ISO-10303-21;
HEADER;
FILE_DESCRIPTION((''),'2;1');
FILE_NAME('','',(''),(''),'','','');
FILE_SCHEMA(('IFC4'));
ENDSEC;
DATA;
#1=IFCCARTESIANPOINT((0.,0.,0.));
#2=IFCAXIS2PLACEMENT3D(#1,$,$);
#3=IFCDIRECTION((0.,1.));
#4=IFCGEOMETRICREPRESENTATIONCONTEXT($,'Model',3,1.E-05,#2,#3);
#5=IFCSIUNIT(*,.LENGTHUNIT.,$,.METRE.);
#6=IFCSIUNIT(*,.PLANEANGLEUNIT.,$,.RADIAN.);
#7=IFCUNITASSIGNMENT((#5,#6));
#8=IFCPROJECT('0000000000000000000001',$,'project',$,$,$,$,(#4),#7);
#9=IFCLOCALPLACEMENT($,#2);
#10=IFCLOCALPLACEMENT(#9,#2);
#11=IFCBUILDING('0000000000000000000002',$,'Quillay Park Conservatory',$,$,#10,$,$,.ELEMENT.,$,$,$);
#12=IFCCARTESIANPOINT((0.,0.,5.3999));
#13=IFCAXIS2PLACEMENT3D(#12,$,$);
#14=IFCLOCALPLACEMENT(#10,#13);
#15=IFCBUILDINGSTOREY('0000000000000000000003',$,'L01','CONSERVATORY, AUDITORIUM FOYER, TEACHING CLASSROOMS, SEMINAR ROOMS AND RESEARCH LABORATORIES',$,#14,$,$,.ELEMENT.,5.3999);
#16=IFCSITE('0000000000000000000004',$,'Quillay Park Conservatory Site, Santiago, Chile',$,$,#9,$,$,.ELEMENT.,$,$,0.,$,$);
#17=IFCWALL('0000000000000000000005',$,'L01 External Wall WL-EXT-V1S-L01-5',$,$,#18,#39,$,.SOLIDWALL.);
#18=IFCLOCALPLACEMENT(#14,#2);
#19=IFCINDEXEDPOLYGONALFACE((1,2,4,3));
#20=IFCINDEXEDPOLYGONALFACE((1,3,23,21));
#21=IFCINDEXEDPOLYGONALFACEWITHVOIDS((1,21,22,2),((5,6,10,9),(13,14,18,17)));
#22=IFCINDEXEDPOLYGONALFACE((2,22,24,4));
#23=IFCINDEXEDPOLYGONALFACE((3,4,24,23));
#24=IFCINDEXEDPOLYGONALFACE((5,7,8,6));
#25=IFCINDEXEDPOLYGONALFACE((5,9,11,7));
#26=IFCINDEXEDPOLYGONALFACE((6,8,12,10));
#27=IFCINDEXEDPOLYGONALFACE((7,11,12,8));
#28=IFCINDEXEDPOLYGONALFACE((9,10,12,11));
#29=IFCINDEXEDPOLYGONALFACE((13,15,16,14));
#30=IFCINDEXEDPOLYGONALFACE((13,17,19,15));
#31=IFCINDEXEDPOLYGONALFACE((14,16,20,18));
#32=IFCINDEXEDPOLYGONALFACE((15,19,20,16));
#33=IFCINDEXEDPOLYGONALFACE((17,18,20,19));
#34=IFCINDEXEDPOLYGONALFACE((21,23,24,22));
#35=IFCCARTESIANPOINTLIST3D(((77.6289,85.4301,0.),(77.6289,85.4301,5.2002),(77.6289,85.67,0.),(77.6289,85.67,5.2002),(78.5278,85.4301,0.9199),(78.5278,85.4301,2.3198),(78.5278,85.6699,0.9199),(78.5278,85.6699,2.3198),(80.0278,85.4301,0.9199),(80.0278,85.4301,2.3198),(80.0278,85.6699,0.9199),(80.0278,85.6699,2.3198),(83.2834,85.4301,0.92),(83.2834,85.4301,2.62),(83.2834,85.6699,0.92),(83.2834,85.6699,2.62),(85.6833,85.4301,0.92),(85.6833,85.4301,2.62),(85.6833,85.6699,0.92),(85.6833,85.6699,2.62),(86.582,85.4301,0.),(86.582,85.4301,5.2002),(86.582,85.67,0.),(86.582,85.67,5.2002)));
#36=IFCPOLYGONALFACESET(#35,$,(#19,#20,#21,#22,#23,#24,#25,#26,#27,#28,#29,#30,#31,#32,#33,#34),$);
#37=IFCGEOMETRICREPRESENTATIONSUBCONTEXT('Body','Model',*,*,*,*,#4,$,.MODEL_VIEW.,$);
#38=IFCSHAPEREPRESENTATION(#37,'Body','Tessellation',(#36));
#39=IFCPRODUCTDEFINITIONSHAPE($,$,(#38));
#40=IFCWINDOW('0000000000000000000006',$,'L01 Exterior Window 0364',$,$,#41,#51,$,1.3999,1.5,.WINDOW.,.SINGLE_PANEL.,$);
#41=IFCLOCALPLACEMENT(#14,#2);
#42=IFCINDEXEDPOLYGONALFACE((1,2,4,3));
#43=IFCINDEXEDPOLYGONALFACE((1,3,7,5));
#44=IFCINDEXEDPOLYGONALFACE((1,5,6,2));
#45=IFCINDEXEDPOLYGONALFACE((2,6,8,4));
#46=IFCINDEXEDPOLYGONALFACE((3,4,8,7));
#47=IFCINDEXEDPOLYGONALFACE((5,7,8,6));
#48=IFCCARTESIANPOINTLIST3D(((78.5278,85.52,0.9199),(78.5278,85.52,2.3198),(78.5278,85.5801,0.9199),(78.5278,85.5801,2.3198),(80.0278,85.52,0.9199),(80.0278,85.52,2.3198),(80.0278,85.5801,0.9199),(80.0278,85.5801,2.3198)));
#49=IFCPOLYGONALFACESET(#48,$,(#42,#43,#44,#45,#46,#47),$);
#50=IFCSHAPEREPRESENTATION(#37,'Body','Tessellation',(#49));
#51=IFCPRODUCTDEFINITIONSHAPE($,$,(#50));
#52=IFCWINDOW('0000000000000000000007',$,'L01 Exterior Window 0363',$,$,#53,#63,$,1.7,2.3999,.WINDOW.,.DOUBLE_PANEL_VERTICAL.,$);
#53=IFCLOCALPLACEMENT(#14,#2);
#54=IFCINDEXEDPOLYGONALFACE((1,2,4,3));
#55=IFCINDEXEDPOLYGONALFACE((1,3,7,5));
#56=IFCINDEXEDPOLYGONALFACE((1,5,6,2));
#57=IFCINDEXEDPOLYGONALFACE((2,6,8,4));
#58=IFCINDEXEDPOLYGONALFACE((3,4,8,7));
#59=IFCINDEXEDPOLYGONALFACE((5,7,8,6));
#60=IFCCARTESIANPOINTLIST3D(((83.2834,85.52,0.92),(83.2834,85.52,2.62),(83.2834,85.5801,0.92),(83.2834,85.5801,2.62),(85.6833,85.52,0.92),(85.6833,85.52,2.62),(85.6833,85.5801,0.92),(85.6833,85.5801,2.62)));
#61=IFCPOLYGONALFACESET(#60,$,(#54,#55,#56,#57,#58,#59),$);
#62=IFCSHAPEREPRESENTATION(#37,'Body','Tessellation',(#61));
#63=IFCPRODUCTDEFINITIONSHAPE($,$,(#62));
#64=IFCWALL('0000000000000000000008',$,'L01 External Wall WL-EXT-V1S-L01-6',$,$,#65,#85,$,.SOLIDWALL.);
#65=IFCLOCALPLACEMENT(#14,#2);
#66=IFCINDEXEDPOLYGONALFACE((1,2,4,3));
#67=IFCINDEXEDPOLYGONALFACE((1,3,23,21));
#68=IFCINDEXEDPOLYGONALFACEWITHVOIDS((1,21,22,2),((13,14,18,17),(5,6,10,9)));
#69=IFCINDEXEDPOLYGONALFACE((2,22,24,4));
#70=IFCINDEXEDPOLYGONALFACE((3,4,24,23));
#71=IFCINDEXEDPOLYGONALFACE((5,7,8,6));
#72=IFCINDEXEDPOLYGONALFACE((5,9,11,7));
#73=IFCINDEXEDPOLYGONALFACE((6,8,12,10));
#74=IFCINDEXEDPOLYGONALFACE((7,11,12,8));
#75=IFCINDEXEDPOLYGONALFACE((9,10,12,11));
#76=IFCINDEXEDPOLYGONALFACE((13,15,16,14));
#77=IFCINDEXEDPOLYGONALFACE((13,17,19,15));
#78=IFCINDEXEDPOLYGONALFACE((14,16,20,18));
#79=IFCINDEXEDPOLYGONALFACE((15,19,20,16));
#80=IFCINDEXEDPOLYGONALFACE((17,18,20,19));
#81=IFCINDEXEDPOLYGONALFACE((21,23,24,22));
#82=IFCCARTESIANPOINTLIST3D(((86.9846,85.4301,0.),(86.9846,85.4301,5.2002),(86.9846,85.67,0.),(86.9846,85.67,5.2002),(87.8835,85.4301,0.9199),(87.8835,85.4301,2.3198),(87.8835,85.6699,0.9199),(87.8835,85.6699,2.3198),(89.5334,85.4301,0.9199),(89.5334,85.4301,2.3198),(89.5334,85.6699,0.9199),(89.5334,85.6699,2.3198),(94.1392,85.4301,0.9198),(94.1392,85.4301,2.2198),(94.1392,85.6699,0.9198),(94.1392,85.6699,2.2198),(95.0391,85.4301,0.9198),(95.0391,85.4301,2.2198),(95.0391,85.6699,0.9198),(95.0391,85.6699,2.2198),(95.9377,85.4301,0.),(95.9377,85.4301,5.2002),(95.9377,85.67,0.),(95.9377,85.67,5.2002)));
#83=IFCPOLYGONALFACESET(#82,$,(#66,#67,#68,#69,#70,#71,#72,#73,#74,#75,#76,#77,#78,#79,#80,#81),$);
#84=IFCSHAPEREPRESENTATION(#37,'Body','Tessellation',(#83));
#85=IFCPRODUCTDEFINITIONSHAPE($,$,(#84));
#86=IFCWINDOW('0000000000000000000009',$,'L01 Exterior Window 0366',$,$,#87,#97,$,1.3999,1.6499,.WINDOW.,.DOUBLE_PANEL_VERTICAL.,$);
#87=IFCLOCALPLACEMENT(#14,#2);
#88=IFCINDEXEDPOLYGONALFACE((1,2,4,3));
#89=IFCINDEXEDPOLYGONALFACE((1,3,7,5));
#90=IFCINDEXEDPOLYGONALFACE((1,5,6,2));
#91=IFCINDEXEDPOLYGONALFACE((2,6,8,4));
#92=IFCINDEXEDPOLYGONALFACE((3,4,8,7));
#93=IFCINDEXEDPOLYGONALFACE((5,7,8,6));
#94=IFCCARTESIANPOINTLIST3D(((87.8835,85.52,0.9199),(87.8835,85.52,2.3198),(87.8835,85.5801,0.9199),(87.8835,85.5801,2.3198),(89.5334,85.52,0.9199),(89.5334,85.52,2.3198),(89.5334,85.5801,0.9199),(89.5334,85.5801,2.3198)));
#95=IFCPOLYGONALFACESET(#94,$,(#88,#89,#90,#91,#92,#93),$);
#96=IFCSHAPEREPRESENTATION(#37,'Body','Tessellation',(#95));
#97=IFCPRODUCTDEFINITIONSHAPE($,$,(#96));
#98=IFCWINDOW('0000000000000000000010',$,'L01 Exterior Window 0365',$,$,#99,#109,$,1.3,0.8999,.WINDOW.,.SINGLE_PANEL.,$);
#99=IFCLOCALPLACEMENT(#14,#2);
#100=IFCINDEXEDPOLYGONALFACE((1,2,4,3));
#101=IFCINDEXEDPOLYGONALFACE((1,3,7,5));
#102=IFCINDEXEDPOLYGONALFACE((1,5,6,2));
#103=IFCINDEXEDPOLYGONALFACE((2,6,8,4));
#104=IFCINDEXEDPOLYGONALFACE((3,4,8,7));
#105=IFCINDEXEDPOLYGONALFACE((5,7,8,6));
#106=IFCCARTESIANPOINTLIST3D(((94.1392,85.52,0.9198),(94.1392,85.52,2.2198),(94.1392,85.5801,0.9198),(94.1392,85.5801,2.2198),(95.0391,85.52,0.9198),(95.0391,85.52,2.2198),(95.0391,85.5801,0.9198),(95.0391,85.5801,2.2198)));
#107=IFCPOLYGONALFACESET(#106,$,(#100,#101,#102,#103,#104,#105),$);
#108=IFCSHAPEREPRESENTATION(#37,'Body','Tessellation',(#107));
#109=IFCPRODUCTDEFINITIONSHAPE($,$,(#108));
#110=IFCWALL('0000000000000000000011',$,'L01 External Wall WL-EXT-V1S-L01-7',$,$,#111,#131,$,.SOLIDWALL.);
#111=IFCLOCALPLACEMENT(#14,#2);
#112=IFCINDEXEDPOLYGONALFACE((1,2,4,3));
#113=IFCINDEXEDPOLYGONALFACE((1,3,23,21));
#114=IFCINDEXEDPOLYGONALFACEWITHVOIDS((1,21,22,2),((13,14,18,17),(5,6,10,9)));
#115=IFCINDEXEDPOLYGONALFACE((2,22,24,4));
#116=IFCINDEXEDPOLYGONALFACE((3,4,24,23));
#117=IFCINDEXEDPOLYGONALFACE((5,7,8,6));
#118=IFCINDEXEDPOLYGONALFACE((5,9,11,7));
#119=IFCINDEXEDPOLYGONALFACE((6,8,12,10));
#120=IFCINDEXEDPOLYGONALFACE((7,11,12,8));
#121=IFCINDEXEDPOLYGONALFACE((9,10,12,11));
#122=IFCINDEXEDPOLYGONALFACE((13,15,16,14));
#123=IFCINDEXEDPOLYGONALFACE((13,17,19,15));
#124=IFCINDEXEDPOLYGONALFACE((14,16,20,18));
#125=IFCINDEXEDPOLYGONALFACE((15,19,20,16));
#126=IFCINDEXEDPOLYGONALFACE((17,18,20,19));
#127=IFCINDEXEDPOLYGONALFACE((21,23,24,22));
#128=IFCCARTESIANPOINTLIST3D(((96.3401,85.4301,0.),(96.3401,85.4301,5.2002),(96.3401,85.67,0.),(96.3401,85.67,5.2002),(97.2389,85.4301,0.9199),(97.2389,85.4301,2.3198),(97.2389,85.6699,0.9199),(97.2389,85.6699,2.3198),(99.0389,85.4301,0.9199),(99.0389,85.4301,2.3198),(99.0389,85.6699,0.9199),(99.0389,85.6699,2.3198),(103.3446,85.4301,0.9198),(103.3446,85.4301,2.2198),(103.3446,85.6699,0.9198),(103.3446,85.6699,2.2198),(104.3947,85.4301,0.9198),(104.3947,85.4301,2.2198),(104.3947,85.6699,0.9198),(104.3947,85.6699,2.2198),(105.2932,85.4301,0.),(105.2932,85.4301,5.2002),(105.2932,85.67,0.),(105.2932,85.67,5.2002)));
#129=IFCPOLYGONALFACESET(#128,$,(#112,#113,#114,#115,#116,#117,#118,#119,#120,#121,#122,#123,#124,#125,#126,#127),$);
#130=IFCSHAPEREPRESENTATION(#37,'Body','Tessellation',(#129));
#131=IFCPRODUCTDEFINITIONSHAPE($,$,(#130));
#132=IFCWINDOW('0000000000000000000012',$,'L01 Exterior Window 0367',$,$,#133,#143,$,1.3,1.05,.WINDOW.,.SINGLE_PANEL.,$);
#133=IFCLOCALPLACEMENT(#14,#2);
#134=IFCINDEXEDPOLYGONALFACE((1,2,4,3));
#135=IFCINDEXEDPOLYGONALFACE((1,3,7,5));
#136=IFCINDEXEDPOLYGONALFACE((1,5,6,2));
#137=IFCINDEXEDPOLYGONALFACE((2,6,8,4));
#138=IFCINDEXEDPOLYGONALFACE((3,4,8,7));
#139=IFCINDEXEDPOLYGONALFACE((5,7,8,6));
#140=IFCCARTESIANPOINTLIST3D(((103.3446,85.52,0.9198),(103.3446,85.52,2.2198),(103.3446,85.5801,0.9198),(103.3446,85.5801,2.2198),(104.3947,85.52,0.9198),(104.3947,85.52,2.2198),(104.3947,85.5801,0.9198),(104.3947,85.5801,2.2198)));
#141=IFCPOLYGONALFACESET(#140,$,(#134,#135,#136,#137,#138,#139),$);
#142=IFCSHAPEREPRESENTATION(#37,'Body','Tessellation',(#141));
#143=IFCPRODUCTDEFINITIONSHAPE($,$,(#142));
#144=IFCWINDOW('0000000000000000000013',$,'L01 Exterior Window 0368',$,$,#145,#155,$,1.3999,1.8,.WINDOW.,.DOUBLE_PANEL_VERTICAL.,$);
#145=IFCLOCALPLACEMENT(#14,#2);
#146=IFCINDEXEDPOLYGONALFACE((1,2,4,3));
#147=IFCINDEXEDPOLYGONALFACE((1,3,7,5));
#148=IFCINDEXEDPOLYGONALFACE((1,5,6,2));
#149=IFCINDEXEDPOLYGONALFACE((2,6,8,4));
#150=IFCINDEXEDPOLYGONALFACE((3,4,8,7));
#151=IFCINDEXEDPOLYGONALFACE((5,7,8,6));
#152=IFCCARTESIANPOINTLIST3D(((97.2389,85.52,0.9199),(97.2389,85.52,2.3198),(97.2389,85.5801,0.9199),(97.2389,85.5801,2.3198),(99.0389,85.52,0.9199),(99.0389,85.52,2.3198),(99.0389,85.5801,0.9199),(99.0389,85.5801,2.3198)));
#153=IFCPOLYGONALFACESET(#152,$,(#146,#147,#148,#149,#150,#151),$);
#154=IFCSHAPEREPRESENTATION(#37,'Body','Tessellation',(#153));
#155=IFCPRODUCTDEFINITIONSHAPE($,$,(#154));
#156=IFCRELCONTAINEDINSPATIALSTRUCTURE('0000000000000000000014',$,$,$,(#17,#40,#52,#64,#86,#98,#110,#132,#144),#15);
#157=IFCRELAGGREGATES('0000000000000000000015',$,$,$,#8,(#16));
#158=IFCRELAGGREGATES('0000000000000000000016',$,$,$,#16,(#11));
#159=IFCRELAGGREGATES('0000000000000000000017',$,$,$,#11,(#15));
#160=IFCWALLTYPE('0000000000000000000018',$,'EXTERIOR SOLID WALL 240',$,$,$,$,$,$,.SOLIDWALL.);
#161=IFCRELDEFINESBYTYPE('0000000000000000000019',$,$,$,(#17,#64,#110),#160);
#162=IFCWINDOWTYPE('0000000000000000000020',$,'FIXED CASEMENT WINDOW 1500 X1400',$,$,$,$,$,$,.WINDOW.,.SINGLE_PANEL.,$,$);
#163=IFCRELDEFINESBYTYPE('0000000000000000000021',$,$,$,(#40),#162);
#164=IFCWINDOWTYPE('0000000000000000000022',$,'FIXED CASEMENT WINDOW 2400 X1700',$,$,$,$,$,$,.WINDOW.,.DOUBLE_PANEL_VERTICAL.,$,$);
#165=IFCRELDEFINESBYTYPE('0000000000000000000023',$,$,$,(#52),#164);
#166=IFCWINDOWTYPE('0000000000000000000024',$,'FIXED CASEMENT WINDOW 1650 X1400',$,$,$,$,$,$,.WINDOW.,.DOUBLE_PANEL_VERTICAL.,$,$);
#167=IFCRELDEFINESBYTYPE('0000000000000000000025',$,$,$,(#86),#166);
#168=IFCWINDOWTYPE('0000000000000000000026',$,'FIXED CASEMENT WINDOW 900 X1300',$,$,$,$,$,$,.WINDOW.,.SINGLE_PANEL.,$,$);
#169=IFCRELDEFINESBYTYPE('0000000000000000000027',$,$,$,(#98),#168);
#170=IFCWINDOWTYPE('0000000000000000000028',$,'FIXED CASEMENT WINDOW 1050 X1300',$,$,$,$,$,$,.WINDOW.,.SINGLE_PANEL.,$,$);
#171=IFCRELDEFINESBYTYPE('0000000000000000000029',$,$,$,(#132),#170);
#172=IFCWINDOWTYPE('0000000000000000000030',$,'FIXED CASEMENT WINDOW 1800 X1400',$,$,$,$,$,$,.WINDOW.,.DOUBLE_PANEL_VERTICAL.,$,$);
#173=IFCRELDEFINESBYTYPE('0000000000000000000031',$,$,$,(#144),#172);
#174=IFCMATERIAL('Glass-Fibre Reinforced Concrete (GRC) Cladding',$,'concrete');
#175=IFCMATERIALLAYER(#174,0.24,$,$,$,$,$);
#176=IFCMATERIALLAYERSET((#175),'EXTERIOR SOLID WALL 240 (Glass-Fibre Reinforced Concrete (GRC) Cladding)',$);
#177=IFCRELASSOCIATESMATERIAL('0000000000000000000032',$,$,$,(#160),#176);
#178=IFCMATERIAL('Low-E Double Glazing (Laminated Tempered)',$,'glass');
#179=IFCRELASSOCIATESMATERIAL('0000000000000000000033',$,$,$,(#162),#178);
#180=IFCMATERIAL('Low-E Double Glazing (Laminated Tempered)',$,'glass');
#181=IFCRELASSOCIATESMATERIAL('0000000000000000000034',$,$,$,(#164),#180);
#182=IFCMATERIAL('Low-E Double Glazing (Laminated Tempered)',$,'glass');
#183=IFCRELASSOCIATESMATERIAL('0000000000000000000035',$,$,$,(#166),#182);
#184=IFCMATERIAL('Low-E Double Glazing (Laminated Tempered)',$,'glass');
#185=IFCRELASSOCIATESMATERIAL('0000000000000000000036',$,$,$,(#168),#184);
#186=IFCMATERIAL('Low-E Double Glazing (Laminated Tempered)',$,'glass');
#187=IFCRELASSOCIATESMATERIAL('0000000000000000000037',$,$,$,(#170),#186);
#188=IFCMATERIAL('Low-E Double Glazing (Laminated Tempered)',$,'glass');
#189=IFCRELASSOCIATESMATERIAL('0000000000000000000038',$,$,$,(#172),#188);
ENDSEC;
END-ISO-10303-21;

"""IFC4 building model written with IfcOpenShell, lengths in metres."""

from ifc_helpers import new_model, si_unit, direction, frame, frame_2d, origin, place, context, subcontext, project, spatial, rectangle, extrude, material, layer, layer_set, type_object, element, fill, save


model = new_model("IFC4")

# Units and contexts
model_context = context("Model", 3, precision=1e-05, world=origin(), true_north=direction((0.0, 1.0)))
body_context = subcontext(model_context, "Body", "Model", "MODEL_VIEW")
ifc_project = project(units=[si_unit("LENGTHUNIT", "METRE"), si_unit("PLANEANGLEUNIT", "RADIAN")], contexts=[model_context])

# Site, building, storey
site_placement = place(None, origin())
site = spatial("IfcSite", under=ifc_project, at=site_placement, Name="Quillay Park Conservatory Site, Santiago, Chile", CompositionType="ELEMENT", RefElevation=0.0)
building_placement = place(site_placement, origin())
building = spatial("IfcBuilding", under=site, at=building_placement, Name="Quillay Park Conservatory", CompositionType="ELEMENT")
storey_placement = place(building_placement, frame((0.0, 0.0, 5.3999)))
storey = spatial("IfcBuildingStorey", under=building, at=storey_placement, Name="L01", Description="CONSERVATORY, AUDITORIUM FOYER, TEACHING CLASSROOMS, SEMINAR ROOMS AND RESEARCH LABORATORIES", CompositionType="ELEMENT", Elevation=5.3999)

# Walls, openings, windows
ifc_material_1 = material(Name="Glass-Fibre Reinforced Concrete (GRC) Cladding", Category="concrete")
ifc_layer_1 = layer(ifc_material_1, 0.24)
ifc_layer_set_1 = layer_set([ifc_layer_1], Name="EXTERIOR SOLID WALL 240 (Glass-Fibre Reinforced Concrete (GRC) Cladding)")
wall_type_1 = type_object("IfcWallType", Name="EXTERIOR SOLID WALL 240", PredefinedType="SOLIDWALL", material=ifc_layer_set_1)
wall_1_placement = place(storey_placement, frame((86.582, 85.55, 0.0), z_axis=(0.0, 0.0, 1.0), x_axis=(-1.0, 0.0, 0.0)))
wall_1 = element("IfcWall", 1, at=wall_1_placement, inside=storey, type_object=wall_type_1, Name="L01 External Wall WL-EXT-V1S-L01-5", PredefinedType="SOLIDWALL", context=body_context, shape_type="SweptSolid", body=[
    extrude(rectangle(XDim=8.9531, YDim=0.24, at=frame_2d((4.4766, 0.0))), origin(), (0.0, 0.0, 1.0), 5.2002),
])
opening_1_placement = place(wall_1_placement, frame((0.8987, 0.0, 0.9199)))
opening_1 = element("IfcOpeningElement", 2, at=opening_1_placement, cuts=wall_1, PredefinedType="OPENING", context=body_context, shape_type="SweptSolid", body=[
    extrude(rectangle(XDim=2.3999, YDim=1.7, at=frame_2d((1.2, 0.8501))), frame((0.0, 0.1201, 0.0), z_axis=(0.0, -1.0, 0.0), x_axis=(1.0, 0.0, 0.0)), (0.0, 0.0, 1.0), 0.24),
])
opening_2_placement = place(wall_1_placement, frame((6.5542, 0.0, 0.9199)))
opening_2 = element("IfcOpeningElement", 3, at=opening_2_placement, cuts=wall_1, PredefinedType="OPENING", context=body_context, shape_type="SweptSolid", body=[
    extrude(rectangle(XDim=1.5, YDim=1.3999, at=frame_2d((0.75, 0.7))), frame((0.0, 0.1201, 0.0), z_axis=(0.0, -1.0, 0.0), x_axis=(1.0, 0.0, 0.0)), (0.0, 0.0, 1.0), 0.24),
])
ifc_material_2 = material(Name="Low-E Double Glazing (Laminated Tempered)", Category="glass")
window_type_1 = type_object("IfcWindowType", Name="FIXED CASEMENT WINDOW 1500 X1400", PartitioningType="SINGLE_PANEL", PredefinedType="WINDOW", material=ifc_material_2)
window_1_placement = place(opening_2_placement, origin())
window_1 = element("IfcWindow", 4, at=window_1_placement, inside=storey, type_object=window_type_1, Name="L01 Exterior Window 0364", OverallHeight=1.3999, OverallWidth=1.5, PartitioningType="SINGLE_PANEL", PredefinedType="WINDOW", context=body_context, shape_type="SweptSolid", body=[
    extrude(rectangle(XDim=1.5, YDim=1.3999, at=frame_2d((0.75, 0.7))), frame((0.0, 0.03, 0.0), z_axis=(0.0, -1.0, 0.0), x_axis=(1.0, 0.0, 0.0)), (0.0, 0.0, 1.0), 0.0601),
])
fill(opening_2, window_1)
ifc_material_3 = material(Name="Low-E Double Glazing (Laminated Tempered)", Category="glass")
window_type_2 = type_object("IfcWindowType", Name="FIXED CASEMENT WINDOW 2400 X1700", PartitioningType="DOUBLE_PANEL_VERTICAL", PredefinedType="WINDOW", material=ifc_material_3)
window_2_placement = place(opening_1_placement, origin())
window_2 = element("IfcWindow", 5, at=window_2_placement, inside=storey, type_object=window_type_2, Name="L01 Exterior Window 0363", OverallHeight=1.7, OverallWidth=2.3999, PartitioningType="DOUBLE_PANEL_VERTICAL", PredefinedType="WINDOW", context=body_context, shape_type="SweptSolid", body=[
    extrude(rectangle(XDim=2.3999, YDim=1.7, at=frame_2d((1.2, 0.8501))), frame((0.0, 0.03, 0.0), z_axis=(0.0, -1.0, 0.0), x_axis=(1.0, 0.0, 0.0)), (0.0, 0.0, 1.0), 0.0601),
])
fill(opening_1, window_2)
wall_2_placement = place(storey_placement, frame((95.9377, 85.55, 0.0), z_axis=(0.0, 0.0, 1.0), x_axis=(-1.0, 0.0, 0.0)))
wall_2 = element("IfcWall", 6, at=wall_2_placement, inside=storey, type_object=wall_type_1, Name="L01 External Wall WL-EXT-V1S-L01-6", PredefinedType="SOLIDWALL", context=body_context, shape_type="SweptSolid", body=[
    extrude(rectangle(XDim=8.9531, YDim=0.24, at=frame_2d((4.4766, 0.0))), origin(), (0.0, 0.0, 1.0), 5.2002),
])
opening_3_placement = place(wall_2_placement, frame((0.8987, 0.0, 0.9199)))
opening_3 = element("IfcOpeningElement", 7, at=opening_3_placement, cuts=wall_2, PredefinedType="OPENING", context=body_context, shape_type="SweptSolid", body=[
    extrude(rectangle(XDim=0.8999, YDim=1.3, at=frame_2d((0.45, 0.6499))), frame((0.0, 0.1201, 0.0), z_axis=(0.0, -1.0, 0.0), x_axis=(1.0, 0.0, 0.0)), (0.0, 0.0, 1.0), 0.24),
])
opening_4_placement = place(wall_2_placement, frame((6.4043, 0.0, 0.9199)))
opening_4 = element("IfcOpeningElement", 8, at=opening_4_placement, cuts=wall_2, PredefinedType="OPENING", context=body_context, shape_type="SweptSolid", body=[
    extrude(rectangle(XDim=1.6499, YDim=1.3999, at=frame_2d((0.825, 0.7))), frame((0.0, 0.1201, 0.0), z_axis=(0.0, -1.0, 0.0), x_axis=(1.0, 0.0, 0.0)), (0.0, 0.0, 1.0), 0.24),
])
ifc_material_4 = material(Name="Low-E Double Glazing (Laminated Tempered)", Category="glass")
window_type_3 = type_object("IfcWindowType", Name="FIXED CASEMENT WINDOW 1650 X1400", PartitioningType="DOUBLE_PANEL_VERTICAL", PredefinedType="WINDOW", material=ifc_material_4)
window_3_placement = place(opening_4_placement, origin())
window_3 = element("IfcWindow", 9, at=window_3_placement, inside=storey, type_object=window_type_3, Name="L01 Exterior Window 0366", OverallHeight=1.3999, OverallWidth=1.6499, PartitioningType="DOUBLE_PANEL_VERTICAL", PredefinedType="WINDOW", context=body_context, shape_type="SweptSolid", body=[
    extrude(rectangle(XDim=1.6499, YDim=1.3999, at=frame_2d((0.825, 0.7))), frame((0.0, 0.03, 0.0), z_axis=(0.0, -1.0, 0.0), x_axis=(1.0, 0.0, 0.0)), (0.0, 0.0, 1.0), 0.0601),
])
fill(opening_4, window_3)
ifc_material_5 = material(Name="Low-E Double Glazing (Laminated Tempered)", Category="glass")
window_type_4 = type_object("IfcWindowType", Name="FIXED CASEMENT WINDOW 900 X1300", PartitioningType="SINGLE_PANEL", PredefinedType="WINDOW", material=ifc_material_5)
window_4_placement = place(opening_3_placement, origin())
window_4 = element("IfcWindow", 10, at=window_4_placement, inside=storey, type_object=window_type_4, Name="L01 Exterior Window 0365", OverallHeight=1.3, OverallWidth=0.8999, PartitioningType="SINGLE_PANEL", PredefinedType="WINDOW", context=body_context, shape_type="SweptSolid", body=[
    extrude(rectangle(XDim=0.8999, YDim=1.3, at=frame_2d((0.45, 0.6499))), frame((0.0, 0.03, 0.0), z_axis=(0.0, -1.0, 0.0), x_axis=(1.0, 0.0, 0.0)), (0.0, 0.0, 1.0), 0.0601),
])
fill(opening_3, window_4)
wall_3_placement = place(storey_placement, frame((105.2932, 85.55, 0.0), z_axis=(0.0, 0.0, 1.0), x_axis=(-1.0, 0.0, 0.0)))
wall_3 = element("IfcWall", 11, at=wall_3_placement, inside=storey, type_object=wall_type_1, Name="L01 External Wall WL-EXT-V1S-L01-7", PredefinedType="SOLIDWALL", context=body_context, shape_type="SweptSolid", body=[
    extrude(rectangle(XDim=8.9531, YDim=0.24, at=frame_2d((4.4766, 0.0))), origin(), (0.0, 0.0, 1.0), 5.2002),
])
opening_5_placement = place(wall_3_placement, frame((0.8987, 0.0, 0.9199)))
opening_5 = element("IfcOpeningElement", 12, at=opening_5_placement, cuts=wall_3, PredefinedType="OPENING", context=body_context, shape_type="SweptSolid", body=[
    extrude(rectangle(XDim=1.05, YDim=1.3, at=frame_2d((0.5249, 0.6499))), frame((0.0, 0.1201, 0.0), z_axis=(0.0, -1.0, 0.0), x_axis=(1.0, 0.0, 0.0)), (0.0, 0.0, 1.0), 0.24),
])
opening_6_placement = place(wall_3_placement, frame((6.2544, 0.0, 0.9199)))
opening_6 = element("IfcOpeningElement", 13, at=opening_6_placement, cuts=wall_3, PredefinedType="OPENING", context=body_context, shape_type="SweptSolid", body=[
    extrude(rectangle(XDim=1.8, YDim=1.3999, at=frame_2d((0.8999, 0.7))), frame((0.0, 0.1201, 0.0), z_axis=(0.0, -1.0, 0.0), x_axis=(1.0, 0.0, 0.0)), (0.0, 0.0, 1.0), 0.24),
])
ifc_material_6 = material(Name="Low-E Double Glazing (Laminated Tempered)", Category="glass")
window_type_5 = type_object("IfcWindowType", Name="FIXED CASEMENT WINDOW 1050 X1300", PartitioningType="SINGLE_PANEL", PredefinedType="WINDOW", material=ifc_material_6)
window_5_placement = place(opening_5_placement, origin())
window_5 = element("IfcWindow", 14, at=window_5_placement, inside=storey, type_object=window_type_5, Name="L01 Exterior Window 0367", OverallHeight=1.3, OverallWidth=1.05, PartitioningType="SINGLE_PANEL", PredefinedType="WINDOW", context=body_context, shape_type="SweptSolid", body=[
    extrude(rectangle(XDim=1.05, YDim=1.3, at=frame_2d((0.5249, 0.6499))), frame((0.0, 0.03, 0.0), z_axis=(0.0, -1.0, 0.0), x_axis=(1.0, 0.0, 0.0)), (0.0, 0.0, 1.0), 0.0601),
])
fill(opening_5, window_5)
ifc_material_7 = material(Name="Low-E Double Glazing (Laminated Tempered)", Category="glass")
window_type_6 = type_object("IfcWindowType", Name="FIXED CASEMENT WINDOW 1800 X1400", PartitioningType="DOUBLE_PANEL_VERTICAL", PredefinedType="WINDOW", material=ifc_material_7)
window_6_placement = place(opening_6_placement, origin())
window_6 = element("IfcWindow", 15, at=window_6_placement, inside=storey, type_object=window_type_6, Name="L01 Exterior Window 0368", OverallHeight=1.3999, OverallWidth=1.8, PartitioningType="DOUBLE_PANEL_VERTICAL", PredefinedType="WINDOW", context=body_context, shape_type="SweptSolid", body=[
    extrude(rectangle(XDim=1.8, YDim=1.3999, at=frame_2d((0.8999, 0.7))), frame((0.0, 0.03, 0.0), z_axis=(0.0, -1.0, 0.0), x_axis=(1.0, 0.0, 0.0)), (0.0, 0.0, 1.0), 0.0601),
])
fill(opening_6, window_6)

save(model, "model.ifc")
